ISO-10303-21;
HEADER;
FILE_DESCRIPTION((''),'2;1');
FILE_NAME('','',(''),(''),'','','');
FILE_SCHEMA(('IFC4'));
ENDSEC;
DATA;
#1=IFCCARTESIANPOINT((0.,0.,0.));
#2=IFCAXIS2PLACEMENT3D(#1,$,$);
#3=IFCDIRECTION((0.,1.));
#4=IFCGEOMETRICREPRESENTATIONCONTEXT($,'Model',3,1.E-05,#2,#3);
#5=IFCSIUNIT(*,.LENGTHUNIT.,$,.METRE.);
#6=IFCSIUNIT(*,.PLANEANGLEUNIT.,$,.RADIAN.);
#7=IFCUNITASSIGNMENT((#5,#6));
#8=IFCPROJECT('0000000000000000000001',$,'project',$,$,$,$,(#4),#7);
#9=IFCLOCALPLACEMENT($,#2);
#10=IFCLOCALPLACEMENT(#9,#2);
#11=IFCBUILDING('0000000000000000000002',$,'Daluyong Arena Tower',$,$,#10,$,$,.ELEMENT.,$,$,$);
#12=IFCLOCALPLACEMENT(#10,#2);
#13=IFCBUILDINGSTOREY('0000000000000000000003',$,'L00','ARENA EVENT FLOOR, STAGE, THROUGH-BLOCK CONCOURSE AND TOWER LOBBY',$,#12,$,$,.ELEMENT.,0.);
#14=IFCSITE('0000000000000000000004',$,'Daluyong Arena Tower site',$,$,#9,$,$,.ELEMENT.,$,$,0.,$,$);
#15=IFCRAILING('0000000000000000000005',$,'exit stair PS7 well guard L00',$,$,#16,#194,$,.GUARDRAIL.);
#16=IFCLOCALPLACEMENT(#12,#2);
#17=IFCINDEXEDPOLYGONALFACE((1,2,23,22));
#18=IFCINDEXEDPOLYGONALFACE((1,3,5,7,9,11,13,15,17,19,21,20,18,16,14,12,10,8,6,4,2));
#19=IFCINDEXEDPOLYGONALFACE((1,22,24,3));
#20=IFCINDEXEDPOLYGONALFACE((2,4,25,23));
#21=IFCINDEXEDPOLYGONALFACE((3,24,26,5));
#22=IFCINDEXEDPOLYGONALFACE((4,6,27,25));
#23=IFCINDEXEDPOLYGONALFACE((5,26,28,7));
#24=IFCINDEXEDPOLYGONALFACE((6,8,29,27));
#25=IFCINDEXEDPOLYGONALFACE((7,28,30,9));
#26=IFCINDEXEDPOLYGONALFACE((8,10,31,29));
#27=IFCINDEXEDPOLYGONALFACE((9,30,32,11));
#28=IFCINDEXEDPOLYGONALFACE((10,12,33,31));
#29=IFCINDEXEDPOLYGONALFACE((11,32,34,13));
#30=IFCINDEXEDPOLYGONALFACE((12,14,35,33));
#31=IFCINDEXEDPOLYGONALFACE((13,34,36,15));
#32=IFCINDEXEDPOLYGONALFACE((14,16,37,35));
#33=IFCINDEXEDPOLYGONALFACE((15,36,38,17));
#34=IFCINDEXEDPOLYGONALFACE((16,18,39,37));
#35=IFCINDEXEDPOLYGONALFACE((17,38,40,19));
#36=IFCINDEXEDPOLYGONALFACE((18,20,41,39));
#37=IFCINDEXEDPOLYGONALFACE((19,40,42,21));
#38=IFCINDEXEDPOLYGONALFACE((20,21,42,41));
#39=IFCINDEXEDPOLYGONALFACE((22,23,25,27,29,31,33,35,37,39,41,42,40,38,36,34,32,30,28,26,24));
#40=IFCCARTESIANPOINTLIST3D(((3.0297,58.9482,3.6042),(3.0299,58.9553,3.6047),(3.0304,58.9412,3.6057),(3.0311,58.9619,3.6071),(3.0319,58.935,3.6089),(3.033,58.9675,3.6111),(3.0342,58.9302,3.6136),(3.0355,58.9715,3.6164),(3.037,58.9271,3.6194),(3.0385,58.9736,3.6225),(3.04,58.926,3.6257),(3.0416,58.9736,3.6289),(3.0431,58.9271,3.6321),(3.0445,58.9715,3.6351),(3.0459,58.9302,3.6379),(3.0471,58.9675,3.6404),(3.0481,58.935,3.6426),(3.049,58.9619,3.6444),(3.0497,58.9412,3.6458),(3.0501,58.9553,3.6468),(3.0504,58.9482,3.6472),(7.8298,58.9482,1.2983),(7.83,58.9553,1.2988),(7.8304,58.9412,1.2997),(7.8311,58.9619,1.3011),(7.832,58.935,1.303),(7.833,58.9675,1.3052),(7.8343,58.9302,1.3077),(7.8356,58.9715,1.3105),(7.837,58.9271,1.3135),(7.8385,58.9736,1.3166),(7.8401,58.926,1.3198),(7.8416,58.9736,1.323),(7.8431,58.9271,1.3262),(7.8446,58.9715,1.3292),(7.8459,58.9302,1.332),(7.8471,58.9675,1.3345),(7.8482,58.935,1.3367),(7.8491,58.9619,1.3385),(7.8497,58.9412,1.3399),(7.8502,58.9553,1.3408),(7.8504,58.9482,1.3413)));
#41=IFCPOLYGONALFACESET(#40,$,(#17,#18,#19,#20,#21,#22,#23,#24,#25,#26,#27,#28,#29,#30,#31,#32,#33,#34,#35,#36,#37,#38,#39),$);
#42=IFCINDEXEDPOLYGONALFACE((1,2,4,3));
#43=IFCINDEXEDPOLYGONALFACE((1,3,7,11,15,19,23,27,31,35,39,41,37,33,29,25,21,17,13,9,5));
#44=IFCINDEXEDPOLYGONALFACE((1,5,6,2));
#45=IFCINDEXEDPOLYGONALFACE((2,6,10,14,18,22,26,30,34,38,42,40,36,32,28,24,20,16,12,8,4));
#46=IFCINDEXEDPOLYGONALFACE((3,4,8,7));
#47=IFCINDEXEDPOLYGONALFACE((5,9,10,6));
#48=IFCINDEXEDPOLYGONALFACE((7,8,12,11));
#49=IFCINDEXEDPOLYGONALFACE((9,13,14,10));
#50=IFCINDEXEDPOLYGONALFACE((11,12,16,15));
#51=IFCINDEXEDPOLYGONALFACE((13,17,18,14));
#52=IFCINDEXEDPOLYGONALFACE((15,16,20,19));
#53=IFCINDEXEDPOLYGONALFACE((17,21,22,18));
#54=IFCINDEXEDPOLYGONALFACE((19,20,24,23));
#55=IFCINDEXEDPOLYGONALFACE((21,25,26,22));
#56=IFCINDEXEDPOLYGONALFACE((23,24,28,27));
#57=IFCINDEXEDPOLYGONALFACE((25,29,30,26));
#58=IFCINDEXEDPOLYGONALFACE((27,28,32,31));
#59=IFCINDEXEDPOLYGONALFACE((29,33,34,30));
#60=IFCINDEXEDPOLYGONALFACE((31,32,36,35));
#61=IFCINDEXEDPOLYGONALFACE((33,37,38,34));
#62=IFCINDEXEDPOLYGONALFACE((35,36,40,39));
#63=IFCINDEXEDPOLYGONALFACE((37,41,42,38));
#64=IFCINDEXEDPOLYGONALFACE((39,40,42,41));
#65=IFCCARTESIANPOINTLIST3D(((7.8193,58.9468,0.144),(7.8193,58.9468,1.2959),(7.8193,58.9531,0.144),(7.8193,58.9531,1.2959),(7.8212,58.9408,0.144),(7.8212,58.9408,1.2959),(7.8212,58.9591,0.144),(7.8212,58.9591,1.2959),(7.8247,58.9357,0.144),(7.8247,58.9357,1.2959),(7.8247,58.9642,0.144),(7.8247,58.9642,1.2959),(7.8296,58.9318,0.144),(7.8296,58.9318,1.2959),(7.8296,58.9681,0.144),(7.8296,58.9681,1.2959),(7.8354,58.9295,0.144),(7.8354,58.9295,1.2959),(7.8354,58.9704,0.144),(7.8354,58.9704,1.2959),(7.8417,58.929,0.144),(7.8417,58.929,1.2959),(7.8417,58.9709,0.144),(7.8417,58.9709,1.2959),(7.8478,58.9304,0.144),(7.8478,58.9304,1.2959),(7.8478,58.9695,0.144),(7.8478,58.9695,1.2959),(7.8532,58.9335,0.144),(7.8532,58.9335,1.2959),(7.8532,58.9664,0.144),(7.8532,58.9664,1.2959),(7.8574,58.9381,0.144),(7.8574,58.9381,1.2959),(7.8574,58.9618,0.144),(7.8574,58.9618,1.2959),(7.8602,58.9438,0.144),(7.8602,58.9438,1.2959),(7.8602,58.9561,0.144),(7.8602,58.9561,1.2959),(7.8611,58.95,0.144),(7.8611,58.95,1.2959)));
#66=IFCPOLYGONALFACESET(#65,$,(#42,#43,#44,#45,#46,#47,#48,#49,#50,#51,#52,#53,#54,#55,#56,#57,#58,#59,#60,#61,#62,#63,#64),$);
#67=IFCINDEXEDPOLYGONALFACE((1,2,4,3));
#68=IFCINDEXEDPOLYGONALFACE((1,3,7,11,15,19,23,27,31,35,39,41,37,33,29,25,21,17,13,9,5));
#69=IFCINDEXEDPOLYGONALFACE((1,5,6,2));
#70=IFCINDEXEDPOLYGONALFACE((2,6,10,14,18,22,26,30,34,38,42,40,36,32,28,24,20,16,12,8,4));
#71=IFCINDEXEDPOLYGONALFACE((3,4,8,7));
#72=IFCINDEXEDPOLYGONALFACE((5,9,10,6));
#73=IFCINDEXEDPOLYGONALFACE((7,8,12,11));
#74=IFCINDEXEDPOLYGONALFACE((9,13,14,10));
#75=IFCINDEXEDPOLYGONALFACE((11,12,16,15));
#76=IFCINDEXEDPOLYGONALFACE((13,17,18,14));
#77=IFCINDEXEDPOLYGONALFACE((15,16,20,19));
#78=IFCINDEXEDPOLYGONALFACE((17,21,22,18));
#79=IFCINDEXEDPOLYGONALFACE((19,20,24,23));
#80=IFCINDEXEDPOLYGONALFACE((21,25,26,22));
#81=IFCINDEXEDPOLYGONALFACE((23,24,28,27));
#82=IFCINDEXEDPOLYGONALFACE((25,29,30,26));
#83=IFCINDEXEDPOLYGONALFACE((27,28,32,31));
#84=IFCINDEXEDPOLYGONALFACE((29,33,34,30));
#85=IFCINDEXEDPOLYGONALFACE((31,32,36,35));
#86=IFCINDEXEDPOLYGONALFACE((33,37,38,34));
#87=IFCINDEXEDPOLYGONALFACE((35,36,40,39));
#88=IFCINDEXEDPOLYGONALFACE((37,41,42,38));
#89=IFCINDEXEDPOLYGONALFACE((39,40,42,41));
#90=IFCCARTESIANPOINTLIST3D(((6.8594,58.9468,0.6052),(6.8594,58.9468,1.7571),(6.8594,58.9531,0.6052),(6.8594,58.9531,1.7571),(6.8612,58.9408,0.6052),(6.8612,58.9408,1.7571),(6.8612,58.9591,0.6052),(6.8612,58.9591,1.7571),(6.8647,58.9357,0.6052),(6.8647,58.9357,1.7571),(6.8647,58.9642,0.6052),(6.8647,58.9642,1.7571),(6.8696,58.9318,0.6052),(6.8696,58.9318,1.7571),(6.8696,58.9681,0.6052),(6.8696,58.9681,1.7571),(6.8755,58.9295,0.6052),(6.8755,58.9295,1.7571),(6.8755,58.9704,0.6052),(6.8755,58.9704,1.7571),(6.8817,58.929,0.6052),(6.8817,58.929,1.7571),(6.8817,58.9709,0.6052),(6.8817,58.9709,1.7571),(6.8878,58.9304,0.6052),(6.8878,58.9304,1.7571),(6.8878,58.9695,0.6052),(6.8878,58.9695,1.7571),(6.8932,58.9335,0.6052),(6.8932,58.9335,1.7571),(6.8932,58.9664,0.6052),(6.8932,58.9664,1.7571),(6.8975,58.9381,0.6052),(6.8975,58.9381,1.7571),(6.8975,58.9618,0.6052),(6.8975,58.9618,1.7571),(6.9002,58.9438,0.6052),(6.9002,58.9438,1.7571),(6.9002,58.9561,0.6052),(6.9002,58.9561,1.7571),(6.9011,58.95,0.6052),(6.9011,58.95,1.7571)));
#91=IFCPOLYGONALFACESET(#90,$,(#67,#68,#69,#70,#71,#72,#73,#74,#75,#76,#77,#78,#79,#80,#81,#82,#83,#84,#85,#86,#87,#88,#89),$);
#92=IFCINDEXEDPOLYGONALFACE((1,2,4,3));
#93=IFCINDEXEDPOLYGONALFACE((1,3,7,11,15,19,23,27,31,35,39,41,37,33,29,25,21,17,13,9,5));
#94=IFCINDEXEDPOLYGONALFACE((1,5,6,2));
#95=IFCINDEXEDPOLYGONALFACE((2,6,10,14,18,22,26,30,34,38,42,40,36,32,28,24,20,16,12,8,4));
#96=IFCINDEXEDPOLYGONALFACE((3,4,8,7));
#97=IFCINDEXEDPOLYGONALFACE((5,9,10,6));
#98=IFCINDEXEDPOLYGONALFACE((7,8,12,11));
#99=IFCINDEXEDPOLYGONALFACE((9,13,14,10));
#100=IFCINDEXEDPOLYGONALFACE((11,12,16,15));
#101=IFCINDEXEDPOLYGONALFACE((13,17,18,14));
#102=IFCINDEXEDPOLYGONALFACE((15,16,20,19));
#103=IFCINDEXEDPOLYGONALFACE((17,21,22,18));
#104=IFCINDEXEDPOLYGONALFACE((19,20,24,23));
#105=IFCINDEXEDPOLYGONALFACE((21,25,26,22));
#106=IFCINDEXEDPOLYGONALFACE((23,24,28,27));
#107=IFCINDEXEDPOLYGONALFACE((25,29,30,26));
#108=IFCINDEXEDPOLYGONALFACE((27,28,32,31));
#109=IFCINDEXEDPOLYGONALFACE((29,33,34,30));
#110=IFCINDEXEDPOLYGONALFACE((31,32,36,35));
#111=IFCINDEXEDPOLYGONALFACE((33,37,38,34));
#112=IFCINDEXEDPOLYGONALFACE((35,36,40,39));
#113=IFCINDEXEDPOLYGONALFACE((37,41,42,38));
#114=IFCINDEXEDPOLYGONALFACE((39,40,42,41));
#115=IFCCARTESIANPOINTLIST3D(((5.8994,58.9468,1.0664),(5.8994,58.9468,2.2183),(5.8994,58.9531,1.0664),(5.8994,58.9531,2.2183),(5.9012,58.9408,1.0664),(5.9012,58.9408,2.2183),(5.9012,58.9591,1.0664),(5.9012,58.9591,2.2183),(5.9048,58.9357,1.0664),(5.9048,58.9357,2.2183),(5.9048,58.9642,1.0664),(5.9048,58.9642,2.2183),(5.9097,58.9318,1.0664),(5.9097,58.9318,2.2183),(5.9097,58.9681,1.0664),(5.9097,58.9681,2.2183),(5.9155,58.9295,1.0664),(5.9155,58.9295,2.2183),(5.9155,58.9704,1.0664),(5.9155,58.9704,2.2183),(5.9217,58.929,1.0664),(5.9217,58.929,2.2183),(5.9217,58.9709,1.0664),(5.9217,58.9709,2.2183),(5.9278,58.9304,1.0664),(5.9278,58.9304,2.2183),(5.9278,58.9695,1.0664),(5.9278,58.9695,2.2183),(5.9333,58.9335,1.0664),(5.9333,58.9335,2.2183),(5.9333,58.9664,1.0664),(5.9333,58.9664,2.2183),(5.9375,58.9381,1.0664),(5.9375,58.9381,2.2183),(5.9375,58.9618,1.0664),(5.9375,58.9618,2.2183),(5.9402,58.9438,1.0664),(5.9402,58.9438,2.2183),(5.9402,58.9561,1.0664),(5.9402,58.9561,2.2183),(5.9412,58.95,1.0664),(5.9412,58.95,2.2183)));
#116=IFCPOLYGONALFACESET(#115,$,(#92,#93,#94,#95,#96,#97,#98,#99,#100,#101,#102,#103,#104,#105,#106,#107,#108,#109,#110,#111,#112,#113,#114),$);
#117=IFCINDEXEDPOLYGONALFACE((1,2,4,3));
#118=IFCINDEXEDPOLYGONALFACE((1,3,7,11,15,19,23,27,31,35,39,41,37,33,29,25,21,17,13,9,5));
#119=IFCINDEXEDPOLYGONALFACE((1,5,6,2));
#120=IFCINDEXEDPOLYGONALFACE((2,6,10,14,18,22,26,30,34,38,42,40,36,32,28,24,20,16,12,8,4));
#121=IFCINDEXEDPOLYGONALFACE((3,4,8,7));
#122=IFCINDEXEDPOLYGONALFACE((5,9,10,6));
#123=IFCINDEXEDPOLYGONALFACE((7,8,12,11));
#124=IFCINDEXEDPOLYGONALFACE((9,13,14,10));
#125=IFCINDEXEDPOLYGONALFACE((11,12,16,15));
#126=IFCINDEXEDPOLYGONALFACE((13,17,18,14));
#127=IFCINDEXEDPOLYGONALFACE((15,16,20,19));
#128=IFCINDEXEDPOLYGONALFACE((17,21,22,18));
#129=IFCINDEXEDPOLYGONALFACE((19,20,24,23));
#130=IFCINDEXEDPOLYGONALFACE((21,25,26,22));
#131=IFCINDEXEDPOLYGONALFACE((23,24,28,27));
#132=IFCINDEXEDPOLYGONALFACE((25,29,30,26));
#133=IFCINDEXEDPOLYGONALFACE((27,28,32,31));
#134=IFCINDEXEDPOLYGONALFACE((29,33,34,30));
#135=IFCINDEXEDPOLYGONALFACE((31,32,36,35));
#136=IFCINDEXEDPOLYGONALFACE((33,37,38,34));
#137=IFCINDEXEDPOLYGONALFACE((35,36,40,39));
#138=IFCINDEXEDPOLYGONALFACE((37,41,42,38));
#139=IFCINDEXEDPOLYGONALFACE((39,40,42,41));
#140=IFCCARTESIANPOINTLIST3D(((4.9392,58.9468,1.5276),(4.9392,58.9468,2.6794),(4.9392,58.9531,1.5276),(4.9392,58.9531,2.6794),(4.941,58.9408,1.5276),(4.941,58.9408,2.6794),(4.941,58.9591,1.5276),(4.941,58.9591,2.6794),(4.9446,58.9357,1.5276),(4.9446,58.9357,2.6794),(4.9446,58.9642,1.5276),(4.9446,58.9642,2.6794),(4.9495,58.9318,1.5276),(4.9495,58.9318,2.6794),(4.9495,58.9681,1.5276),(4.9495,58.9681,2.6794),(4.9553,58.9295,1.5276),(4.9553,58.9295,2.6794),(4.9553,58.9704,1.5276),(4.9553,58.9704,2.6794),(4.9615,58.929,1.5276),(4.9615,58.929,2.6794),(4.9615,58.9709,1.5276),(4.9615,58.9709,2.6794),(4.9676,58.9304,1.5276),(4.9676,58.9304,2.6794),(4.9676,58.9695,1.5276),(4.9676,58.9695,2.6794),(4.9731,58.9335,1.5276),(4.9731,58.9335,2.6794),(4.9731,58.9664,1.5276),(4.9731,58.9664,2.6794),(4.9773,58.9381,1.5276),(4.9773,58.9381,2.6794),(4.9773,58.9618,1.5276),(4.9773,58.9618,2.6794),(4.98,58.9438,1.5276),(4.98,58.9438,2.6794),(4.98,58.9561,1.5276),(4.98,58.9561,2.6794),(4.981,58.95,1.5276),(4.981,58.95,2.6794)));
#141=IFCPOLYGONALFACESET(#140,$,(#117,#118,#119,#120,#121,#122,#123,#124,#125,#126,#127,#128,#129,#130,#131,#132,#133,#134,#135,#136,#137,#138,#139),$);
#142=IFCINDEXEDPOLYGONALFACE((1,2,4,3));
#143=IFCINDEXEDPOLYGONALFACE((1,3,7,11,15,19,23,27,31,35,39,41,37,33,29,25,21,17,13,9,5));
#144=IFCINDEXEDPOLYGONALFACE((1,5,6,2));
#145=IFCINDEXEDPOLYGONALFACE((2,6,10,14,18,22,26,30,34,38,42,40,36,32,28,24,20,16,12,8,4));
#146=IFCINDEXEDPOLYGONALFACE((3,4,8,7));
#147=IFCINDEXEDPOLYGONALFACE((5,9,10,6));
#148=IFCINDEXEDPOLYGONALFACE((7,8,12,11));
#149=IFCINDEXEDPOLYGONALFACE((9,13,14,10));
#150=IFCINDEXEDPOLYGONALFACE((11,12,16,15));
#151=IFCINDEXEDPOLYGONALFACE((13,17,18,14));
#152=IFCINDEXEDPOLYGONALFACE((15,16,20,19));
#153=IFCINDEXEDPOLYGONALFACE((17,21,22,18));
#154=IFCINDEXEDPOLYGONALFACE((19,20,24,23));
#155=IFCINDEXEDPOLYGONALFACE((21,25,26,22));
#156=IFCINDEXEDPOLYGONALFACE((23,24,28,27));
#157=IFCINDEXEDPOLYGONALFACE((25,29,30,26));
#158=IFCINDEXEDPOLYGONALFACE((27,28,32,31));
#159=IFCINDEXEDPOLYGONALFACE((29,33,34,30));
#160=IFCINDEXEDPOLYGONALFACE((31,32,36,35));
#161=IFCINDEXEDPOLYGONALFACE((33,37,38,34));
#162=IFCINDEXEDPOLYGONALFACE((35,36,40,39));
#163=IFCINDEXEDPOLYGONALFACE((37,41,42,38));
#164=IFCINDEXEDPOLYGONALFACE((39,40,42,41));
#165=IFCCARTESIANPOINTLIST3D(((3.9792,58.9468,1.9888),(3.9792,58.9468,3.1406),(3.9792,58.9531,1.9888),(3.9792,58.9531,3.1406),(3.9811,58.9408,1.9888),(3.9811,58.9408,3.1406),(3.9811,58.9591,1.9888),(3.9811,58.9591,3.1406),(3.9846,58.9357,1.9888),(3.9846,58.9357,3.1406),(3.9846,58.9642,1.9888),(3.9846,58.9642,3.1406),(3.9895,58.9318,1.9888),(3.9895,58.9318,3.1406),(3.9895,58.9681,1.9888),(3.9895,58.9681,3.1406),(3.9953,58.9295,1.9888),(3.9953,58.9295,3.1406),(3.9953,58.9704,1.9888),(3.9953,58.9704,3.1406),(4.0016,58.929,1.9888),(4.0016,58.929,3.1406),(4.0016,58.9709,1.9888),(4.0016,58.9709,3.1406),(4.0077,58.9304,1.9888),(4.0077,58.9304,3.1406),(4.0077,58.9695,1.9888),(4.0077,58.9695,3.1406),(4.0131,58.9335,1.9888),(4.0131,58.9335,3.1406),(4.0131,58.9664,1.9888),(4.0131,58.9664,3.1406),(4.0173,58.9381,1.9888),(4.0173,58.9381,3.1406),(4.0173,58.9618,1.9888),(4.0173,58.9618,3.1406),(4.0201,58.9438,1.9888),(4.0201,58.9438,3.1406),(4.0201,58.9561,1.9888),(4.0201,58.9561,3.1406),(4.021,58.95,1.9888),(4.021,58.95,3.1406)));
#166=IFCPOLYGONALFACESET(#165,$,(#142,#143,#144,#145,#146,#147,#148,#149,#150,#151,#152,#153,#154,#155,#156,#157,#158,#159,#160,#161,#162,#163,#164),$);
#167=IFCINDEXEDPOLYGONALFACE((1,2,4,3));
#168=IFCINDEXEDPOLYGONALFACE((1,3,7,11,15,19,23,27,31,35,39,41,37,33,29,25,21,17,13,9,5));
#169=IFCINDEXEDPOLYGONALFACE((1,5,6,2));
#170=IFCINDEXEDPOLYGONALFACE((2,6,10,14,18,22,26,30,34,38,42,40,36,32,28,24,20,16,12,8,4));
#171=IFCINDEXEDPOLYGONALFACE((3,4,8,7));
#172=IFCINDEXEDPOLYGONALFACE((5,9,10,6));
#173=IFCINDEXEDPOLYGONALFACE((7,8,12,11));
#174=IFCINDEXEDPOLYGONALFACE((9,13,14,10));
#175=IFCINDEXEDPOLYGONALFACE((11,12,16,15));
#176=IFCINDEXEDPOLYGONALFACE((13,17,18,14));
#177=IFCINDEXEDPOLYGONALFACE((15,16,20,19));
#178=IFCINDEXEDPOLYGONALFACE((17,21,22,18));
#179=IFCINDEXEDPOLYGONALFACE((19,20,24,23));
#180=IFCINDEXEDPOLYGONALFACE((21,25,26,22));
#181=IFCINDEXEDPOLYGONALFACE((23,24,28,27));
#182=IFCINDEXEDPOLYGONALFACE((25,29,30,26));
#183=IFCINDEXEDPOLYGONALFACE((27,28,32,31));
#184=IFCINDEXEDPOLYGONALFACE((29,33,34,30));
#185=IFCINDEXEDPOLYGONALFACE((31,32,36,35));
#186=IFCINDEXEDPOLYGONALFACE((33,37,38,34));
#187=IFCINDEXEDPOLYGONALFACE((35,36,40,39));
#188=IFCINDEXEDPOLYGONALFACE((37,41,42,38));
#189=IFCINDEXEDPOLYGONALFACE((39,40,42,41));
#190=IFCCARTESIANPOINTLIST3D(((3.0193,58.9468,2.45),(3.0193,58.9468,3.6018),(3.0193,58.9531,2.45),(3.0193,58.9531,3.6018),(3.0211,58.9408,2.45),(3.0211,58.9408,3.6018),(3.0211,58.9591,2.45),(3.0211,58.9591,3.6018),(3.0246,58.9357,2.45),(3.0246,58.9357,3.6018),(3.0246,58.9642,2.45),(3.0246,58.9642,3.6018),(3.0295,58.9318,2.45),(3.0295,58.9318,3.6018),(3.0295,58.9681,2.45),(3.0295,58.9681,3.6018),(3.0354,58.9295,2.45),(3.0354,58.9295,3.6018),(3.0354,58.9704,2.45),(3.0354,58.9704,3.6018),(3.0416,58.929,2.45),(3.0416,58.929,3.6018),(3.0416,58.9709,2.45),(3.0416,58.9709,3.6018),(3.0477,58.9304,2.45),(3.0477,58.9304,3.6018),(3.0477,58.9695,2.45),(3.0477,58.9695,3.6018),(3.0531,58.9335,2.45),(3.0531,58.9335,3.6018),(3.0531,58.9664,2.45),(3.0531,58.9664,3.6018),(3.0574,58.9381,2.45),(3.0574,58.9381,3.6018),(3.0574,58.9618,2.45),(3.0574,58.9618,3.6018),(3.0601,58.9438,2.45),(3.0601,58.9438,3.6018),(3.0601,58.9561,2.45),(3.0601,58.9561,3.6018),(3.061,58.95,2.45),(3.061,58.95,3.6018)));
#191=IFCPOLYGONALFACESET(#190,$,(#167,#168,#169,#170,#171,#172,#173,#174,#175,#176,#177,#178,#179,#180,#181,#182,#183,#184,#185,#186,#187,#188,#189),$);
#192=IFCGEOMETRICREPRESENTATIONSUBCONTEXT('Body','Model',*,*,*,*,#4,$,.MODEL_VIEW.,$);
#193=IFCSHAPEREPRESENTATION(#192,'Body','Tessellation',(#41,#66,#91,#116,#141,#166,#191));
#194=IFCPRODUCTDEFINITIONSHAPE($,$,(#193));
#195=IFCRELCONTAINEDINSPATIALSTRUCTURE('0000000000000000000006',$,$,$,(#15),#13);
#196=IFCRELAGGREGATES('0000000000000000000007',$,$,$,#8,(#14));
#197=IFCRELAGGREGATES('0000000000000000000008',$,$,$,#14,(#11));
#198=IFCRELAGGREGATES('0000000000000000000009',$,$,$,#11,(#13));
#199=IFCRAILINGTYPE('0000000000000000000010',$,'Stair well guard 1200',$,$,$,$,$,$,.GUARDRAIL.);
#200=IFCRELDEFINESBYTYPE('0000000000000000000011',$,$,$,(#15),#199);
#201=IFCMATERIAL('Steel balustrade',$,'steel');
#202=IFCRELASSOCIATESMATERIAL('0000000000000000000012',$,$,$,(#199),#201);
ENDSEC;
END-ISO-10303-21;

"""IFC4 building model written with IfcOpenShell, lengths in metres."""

from ifc_helpers import new_model, si_unit, direction, frame, origin, origin_2d, place, context, subcontext, project, spatial, circle, extrude, material, type_object, element, save


model = new_model("IFC4")

# Units and contexts
model_context = context("Model", 3, precision=1e-05, world=origin(), true_north=direction((0.0, 1.0)))
body_context = subcontext(model_context, "Body", "Model", "MODEL_VIEW")
ifc_project = project(units=[si_unit("LENGTHUNIT", "METRE"), si_unit("PLANEANGLEUNIT", "RADIAN")], contexts=[model_context])

# Site, building, storey
site_placement = place(None, origin())
site = spatial("IfcSite", under=ifc_project, at=site_placement, Name="Daluyong Arena Tower site", CompositionType="ELEMENT", RefElevation=0.0)
building_placement = place(site_placement, origin())
building = spatial("IfcBuilding", under=site, at=building_placement, Name="Daluyong Arena Tower", CompositionType="ELEMENT")
storey_placement = place(building_placement, origin())
storey = spatial("IfcBuildingStorey", under=building, at=storey_placement, Name="L00", Description="ARENA EVENT FLOOR, STAGE, THROUGH-BLOCK CONCOURSE AND TOWER LOBBY", CompositionType="ELEMENT", Elevation=0.0)

# Railing
ifc_material_1 = material(Name="Steel balustrade", Category="steel")
railing_type = type_object("IfcRailingType", Name="Stair well guard 1200", PredefinedType="GUARDRAIL", material=ifc_material_1)
railing_placement = place(storey_placement, frame((7.8401, 58.95, 0.144)))
element("IfcRailing", 1, at=railing_placement, inside=storey, type_object=railing_type, Name="exit stair PS7 well guard L00", PredefinedType="GUARDRAIL", context=body_context, shape_type="SweptSolid", body=[
    extrude(circle(Radius=0.0239, at=origin_2d()), frame((0.0, 0.0, 1.1758), z_axis=(-0.901385, 0.0, 0.433019), x_axis=(0.0, -1.0, 0.0)), (0.0, 0.0, 1.0), 5.3252),
    extrude(circle(Radius=0.021, at=origin_2d()), origin(), (0.0, 0.0, 1.0), 1.1519),
    extrude(circle(Radius=0.021, at=origin_2d()), frame((-0.96, 0.0, 0.4612)), (0.0, 0.0, 1.0), 1.1519),
    extrude(circle(Radius=0.021, at=origin_2d()), frame((-1.9199, 0.0, 0.9224)), (0.0, 0.0, 1.0), 1.1519),
    extrude(circle(Radius=0.021, at=origin_2d()), frame((-2.8801, 0.0, 1.3835)), (0.0, 0.0, 1.0), 1.1519),
    extrude(circle(Radius=0.021, at=origin_2d()), frame((-3.8401, 0.0, 1.8447)), (0.0, 0.0, 1.0), 1.1519),
    extrude(circle(Radius=0.021, at=origin_2d()), frame((-4.8, 0.0, 2.3059)), (0.0, 0.0, 1.0), 1.1519),
])

save(model, "model.ifc")
